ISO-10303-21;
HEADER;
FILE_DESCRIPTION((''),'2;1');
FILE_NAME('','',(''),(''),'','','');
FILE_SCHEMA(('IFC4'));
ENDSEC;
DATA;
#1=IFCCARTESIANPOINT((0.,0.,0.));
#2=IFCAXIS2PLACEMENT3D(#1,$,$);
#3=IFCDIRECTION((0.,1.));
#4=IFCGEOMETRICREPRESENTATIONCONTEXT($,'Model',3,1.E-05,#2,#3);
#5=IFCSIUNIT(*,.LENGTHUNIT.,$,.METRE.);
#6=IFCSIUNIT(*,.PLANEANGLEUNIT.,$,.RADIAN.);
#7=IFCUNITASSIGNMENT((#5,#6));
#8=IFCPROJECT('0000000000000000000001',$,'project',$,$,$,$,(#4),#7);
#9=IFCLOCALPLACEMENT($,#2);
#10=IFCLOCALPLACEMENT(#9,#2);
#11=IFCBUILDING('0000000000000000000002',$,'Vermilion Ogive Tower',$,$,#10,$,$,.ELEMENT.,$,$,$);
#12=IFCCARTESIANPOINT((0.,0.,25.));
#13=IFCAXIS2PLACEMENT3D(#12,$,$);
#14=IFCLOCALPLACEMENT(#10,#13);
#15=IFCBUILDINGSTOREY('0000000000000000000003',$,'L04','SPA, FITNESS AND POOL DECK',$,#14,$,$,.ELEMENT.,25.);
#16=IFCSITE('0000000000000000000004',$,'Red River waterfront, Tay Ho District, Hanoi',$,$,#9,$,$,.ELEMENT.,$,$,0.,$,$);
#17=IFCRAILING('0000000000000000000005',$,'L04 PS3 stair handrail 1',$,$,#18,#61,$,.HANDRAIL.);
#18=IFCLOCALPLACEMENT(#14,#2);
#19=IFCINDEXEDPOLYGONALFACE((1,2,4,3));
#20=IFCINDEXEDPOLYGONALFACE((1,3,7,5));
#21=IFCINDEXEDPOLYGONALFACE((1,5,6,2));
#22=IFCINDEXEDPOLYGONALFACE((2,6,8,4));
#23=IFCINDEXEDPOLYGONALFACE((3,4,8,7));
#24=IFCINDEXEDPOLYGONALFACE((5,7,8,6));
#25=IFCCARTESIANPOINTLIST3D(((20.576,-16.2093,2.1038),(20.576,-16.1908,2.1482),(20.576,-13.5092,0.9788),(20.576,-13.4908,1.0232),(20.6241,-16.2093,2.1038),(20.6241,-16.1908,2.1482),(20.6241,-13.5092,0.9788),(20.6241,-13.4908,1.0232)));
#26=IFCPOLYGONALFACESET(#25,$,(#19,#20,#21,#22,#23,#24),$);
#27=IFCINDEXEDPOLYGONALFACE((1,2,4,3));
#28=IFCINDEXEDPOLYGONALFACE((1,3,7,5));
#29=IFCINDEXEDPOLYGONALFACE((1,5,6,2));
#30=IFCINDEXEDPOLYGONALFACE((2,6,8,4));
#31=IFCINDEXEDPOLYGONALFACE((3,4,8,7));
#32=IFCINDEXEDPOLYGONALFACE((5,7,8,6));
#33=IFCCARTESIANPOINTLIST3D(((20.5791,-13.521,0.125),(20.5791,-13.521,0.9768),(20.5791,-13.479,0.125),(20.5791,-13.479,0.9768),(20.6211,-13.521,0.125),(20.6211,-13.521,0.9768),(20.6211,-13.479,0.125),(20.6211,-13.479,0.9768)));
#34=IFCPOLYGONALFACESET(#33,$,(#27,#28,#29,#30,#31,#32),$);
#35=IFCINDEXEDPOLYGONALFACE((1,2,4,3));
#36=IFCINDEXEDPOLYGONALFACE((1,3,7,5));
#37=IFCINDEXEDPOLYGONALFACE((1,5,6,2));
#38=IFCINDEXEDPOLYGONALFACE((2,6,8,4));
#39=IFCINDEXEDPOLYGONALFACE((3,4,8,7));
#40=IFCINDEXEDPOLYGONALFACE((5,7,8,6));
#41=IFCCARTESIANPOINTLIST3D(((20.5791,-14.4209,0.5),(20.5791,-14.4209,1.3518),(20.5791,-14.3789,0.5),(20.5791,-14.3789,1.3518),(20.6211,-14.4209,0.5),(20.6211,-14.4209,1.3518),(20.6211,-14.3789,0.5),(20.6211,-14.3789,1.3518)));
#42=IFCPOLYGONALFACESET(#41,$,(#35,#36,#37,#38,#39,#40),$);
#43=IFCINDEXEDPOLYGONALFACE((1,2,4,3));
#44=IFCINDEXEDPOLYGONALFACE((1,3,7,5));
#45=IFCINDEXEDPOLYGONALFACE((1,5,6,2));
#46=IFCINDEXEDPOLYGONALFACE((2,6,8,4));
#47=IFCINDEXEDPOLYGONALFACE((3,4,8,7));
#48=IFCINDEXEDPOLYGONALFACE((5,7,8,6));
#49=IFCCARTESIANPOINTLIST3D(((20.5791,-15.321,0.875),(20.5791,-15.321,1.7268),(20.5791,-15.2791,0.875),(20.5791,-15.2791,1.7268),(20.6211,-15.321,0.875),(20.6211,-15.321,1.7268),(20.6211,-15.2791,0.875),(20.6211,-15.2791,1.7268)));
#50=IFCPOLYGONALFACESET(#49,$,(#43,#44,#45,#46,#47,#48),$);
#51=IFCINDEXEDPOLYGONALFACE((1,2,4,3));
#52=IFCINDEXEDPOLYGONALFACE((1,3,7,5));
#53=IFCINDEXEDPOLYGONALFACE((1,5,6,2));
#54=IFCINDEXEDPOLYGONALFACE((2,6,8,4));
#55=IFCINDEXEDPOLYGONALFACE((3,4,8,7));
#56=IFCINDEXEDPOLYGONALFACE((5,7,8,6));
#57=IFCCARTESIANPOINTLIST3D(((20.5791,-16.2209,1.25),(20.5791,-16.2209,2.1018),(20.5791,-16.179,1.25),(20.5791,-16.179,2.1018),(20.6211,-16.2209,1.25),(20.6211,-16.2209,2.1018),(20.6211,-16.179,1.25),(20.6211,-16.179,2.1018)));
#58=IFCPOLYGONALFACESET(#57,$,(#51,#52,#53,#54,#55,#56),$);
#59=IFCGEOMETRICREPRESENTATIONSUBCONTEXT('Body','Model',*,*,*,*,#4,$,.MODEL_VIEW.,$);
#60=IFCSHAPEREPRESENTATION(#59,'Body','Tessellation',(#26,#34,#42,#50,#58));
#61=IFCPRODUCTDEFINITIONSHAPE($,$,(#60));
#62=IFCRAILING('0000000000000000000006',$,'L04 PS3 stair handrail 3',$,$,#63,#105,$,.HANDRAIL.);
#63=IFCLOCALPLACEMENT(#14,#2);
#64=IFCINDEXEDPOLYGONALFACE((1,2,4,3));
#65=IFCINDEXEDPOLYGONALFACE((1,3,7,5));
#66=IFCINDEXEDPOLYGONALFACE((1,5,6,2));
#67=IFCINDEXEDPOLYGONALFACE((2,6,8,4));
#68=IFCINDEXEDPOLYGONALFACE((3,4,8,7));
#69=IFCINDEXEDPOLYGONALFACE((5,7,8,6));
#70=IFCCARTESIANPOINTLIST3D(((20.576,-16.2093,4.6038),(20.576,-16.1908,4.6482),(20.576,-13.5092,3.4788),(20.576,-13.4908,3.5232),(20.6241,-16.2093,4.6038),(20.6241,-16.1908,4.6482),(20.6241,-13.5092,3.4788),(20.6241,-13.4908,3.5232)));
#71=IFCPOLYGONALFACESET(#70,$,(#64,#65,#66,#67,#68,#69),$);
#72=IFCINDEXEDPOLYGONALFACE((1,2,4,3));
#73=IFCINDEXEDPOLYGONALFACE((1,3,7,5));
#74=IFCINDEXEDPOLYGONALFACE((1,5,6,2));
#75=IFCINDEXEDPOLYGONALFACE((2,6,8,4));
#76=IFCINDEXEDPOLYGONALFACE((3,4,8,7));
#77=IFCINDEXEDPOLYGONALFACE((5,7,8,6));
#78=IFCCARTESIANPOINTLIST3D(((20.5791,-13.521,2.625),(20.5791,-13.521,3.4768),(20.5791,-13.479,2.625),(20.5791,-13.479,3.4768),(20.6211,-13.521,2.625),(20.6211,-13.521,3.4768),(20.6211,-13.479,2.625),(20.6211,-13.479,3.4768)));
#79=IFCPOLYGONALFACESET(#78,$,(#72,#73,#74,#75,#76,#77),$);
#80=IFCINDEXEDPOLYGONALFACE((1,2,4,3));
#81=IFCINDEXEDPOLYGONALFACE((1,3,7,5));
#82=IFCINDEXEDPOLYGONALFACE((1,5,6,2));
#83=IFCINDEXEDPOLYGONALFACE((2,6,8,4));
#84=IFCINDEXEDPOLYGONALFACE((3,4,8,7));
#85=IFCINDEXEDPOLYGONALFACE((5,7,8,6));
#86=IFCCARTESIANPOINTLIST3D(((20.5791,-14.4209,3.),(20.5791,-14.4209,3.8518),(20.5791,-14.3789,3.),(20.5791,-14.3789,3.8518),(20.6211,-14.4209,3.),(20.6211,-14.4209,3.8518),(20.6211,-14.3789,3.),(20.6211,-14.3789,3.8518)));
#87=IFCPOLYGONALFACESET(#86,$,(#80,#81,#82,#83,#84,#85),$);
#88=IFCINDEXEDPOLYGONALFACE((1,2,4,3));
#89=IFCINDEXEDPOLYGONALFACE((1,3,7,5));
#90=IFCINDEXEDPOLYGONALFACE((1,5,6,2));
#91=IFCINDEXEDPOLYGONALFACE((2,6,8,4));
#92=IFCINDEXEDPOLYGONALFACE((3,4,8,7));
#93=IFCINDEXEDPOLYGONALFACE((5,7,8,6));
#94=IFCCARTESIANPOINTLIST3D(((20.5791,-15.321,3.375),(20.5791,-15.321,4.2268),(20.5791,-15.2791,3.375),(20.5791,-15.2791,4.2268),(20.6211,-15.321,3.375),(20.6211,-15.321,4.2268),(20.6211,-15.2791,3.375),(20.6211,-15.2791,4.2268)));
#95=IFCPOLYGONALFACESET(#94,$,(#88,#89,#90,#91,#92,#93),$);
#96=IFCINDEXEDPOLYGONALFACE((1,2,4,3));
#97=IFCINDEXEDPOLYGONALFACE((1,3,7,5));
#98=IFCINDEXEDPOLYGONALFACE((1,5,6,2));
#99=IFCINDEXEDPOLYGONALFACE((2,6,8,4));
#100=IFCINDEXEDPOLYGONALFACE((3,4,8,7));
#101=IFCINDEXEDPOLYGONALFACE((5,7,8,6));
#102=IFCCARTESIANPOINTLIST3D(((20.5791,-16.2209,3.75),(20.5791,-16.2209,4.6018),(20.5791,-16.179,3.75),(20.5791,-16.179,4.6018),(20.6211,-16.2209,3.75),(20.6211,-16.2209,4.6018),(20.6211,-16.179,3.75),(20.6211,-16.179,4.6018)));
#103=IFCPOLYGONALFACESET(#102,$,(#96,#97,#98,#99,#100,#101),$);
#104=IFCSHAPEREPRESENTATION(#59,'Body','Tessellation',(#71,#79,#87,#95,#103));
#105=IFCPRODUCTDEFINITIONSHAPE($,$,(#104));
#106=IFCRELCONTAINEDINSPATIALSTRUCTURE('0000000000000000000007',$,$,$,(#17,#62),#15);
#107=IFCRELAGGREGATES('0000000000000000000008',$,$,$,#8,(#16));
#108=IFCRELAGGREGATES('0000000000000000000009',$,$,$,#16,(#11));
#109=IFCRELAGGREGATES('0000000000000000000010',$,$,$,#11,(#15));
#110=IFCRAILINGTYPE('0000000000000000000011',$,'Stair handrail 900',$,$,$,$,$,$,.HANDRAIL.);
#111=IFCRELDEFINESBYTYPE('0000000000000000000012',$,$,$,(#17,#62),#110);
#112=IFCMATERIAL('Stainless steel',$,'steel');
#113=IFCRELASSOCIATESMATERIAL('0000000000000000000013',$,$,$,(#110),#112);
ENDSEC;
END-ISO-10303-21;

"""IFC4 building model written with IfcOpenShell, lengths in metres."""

from ifc_helpers import new_model, si_unit, direction, frame, origin, origin_2d, place, context, subcontext, project, spatial, rectangle, extrude, material, type_object, element, save


model = new_model("IFC4")

# Units and contexts
model_context = context("Model", 3, precision=1e-05, world=origin(), true_north=direction((0.0, 1.0)))
body_context = subcontext(model_context, "Body", "Model", "MODEL_VIEW")
ifc_project = project(units=[si_unit("LENGTHUNIT", "METRE"), si_unit("PLANEANGLEUNIT", "RADIAN")], contexts=[model_context])

# Site, building, storey
site_placement = place(None, origin())
site = spatial("IfcSite", under=ifc_project, at=site_placement, Name="Red River waterfront, Tay Ho District, Hanoi", CompositionType="ELEMENT", RefElevation=0.0)
building_placement = place(site_placement, origin())
building = spatial("IfcBuilding", under=site, at=building_placement, Name="Vermilion Ogive Tower", CompositionType="ELEMENT")
storey_placement = place(building_placement, frame((0.0, 0.0, 25.0)))
storey = spatial("IfcBuildingStorey", under=building, at=storey_placement, Name="L04", Description="SPA, FITNESS AND POOL DECK", CompositionType="ELEMENT", Elevation=25.0)

# Railings
ifc_material_1 = material(Name="Stainless steel", Category="steel")
railing_type_1 = type_object("IfcRailingType", Name="Stair handrail 900", PredefinedType="HANDRAIL", material=ifc_material_1)
for number, where, name in (
    (1, (20.6001, -13.5, 0.125), "L04 PS3 stair handrail 1"),
    (2, (20.6001, -13.5, 2.625), "L04 PS3 stair handrail 3"),
):
    element("IfcRailing", number, at=place(storey_placement, frame(where)), inside=storey, type_object=railing_type_1, Name=name, PredefinedType="HANDRAIL", context=body_context, shape_type="SweptSolid", body=[
        extrude(rectangle(XDim=0.0481, YDim=0.0481, at=origin_2d()), frame((0.0, 0.0, 0.876), z_axis=(0.0, -0.923074, 0.384621), x_axis=(1.0, 0.0, 0.0)), (0.0, 0.0, 1.0), 2.925),
        extrude(rectangle(XDim=0.042, YDim=0.042, at=origin_2d()), origin(), (0.0, 0.0, 1.0), 0.8518),
        extrude(rectangle(XDim=0.042, YDim=0.042, at=origin_2d()), frame((0.0, -0.8999, 0.375)), (0.0, 0.0, 1.0), 0.8518),
        extrude(rectangle(XDim=0.042, YDim=0.042, at=origin_2d()), frame((0.0, -1.8, 0.75)), (0.0, 0.0, 1.0), 0.8518),
        extrude(rectangle(XDim=0.042, YDim=0.042, at=origin_2d()), frame((0.0, -2.7, 1.125)), (0.0, 0.0, 1.0), 0.8518),
    ])

save(model, "model.ifc")
